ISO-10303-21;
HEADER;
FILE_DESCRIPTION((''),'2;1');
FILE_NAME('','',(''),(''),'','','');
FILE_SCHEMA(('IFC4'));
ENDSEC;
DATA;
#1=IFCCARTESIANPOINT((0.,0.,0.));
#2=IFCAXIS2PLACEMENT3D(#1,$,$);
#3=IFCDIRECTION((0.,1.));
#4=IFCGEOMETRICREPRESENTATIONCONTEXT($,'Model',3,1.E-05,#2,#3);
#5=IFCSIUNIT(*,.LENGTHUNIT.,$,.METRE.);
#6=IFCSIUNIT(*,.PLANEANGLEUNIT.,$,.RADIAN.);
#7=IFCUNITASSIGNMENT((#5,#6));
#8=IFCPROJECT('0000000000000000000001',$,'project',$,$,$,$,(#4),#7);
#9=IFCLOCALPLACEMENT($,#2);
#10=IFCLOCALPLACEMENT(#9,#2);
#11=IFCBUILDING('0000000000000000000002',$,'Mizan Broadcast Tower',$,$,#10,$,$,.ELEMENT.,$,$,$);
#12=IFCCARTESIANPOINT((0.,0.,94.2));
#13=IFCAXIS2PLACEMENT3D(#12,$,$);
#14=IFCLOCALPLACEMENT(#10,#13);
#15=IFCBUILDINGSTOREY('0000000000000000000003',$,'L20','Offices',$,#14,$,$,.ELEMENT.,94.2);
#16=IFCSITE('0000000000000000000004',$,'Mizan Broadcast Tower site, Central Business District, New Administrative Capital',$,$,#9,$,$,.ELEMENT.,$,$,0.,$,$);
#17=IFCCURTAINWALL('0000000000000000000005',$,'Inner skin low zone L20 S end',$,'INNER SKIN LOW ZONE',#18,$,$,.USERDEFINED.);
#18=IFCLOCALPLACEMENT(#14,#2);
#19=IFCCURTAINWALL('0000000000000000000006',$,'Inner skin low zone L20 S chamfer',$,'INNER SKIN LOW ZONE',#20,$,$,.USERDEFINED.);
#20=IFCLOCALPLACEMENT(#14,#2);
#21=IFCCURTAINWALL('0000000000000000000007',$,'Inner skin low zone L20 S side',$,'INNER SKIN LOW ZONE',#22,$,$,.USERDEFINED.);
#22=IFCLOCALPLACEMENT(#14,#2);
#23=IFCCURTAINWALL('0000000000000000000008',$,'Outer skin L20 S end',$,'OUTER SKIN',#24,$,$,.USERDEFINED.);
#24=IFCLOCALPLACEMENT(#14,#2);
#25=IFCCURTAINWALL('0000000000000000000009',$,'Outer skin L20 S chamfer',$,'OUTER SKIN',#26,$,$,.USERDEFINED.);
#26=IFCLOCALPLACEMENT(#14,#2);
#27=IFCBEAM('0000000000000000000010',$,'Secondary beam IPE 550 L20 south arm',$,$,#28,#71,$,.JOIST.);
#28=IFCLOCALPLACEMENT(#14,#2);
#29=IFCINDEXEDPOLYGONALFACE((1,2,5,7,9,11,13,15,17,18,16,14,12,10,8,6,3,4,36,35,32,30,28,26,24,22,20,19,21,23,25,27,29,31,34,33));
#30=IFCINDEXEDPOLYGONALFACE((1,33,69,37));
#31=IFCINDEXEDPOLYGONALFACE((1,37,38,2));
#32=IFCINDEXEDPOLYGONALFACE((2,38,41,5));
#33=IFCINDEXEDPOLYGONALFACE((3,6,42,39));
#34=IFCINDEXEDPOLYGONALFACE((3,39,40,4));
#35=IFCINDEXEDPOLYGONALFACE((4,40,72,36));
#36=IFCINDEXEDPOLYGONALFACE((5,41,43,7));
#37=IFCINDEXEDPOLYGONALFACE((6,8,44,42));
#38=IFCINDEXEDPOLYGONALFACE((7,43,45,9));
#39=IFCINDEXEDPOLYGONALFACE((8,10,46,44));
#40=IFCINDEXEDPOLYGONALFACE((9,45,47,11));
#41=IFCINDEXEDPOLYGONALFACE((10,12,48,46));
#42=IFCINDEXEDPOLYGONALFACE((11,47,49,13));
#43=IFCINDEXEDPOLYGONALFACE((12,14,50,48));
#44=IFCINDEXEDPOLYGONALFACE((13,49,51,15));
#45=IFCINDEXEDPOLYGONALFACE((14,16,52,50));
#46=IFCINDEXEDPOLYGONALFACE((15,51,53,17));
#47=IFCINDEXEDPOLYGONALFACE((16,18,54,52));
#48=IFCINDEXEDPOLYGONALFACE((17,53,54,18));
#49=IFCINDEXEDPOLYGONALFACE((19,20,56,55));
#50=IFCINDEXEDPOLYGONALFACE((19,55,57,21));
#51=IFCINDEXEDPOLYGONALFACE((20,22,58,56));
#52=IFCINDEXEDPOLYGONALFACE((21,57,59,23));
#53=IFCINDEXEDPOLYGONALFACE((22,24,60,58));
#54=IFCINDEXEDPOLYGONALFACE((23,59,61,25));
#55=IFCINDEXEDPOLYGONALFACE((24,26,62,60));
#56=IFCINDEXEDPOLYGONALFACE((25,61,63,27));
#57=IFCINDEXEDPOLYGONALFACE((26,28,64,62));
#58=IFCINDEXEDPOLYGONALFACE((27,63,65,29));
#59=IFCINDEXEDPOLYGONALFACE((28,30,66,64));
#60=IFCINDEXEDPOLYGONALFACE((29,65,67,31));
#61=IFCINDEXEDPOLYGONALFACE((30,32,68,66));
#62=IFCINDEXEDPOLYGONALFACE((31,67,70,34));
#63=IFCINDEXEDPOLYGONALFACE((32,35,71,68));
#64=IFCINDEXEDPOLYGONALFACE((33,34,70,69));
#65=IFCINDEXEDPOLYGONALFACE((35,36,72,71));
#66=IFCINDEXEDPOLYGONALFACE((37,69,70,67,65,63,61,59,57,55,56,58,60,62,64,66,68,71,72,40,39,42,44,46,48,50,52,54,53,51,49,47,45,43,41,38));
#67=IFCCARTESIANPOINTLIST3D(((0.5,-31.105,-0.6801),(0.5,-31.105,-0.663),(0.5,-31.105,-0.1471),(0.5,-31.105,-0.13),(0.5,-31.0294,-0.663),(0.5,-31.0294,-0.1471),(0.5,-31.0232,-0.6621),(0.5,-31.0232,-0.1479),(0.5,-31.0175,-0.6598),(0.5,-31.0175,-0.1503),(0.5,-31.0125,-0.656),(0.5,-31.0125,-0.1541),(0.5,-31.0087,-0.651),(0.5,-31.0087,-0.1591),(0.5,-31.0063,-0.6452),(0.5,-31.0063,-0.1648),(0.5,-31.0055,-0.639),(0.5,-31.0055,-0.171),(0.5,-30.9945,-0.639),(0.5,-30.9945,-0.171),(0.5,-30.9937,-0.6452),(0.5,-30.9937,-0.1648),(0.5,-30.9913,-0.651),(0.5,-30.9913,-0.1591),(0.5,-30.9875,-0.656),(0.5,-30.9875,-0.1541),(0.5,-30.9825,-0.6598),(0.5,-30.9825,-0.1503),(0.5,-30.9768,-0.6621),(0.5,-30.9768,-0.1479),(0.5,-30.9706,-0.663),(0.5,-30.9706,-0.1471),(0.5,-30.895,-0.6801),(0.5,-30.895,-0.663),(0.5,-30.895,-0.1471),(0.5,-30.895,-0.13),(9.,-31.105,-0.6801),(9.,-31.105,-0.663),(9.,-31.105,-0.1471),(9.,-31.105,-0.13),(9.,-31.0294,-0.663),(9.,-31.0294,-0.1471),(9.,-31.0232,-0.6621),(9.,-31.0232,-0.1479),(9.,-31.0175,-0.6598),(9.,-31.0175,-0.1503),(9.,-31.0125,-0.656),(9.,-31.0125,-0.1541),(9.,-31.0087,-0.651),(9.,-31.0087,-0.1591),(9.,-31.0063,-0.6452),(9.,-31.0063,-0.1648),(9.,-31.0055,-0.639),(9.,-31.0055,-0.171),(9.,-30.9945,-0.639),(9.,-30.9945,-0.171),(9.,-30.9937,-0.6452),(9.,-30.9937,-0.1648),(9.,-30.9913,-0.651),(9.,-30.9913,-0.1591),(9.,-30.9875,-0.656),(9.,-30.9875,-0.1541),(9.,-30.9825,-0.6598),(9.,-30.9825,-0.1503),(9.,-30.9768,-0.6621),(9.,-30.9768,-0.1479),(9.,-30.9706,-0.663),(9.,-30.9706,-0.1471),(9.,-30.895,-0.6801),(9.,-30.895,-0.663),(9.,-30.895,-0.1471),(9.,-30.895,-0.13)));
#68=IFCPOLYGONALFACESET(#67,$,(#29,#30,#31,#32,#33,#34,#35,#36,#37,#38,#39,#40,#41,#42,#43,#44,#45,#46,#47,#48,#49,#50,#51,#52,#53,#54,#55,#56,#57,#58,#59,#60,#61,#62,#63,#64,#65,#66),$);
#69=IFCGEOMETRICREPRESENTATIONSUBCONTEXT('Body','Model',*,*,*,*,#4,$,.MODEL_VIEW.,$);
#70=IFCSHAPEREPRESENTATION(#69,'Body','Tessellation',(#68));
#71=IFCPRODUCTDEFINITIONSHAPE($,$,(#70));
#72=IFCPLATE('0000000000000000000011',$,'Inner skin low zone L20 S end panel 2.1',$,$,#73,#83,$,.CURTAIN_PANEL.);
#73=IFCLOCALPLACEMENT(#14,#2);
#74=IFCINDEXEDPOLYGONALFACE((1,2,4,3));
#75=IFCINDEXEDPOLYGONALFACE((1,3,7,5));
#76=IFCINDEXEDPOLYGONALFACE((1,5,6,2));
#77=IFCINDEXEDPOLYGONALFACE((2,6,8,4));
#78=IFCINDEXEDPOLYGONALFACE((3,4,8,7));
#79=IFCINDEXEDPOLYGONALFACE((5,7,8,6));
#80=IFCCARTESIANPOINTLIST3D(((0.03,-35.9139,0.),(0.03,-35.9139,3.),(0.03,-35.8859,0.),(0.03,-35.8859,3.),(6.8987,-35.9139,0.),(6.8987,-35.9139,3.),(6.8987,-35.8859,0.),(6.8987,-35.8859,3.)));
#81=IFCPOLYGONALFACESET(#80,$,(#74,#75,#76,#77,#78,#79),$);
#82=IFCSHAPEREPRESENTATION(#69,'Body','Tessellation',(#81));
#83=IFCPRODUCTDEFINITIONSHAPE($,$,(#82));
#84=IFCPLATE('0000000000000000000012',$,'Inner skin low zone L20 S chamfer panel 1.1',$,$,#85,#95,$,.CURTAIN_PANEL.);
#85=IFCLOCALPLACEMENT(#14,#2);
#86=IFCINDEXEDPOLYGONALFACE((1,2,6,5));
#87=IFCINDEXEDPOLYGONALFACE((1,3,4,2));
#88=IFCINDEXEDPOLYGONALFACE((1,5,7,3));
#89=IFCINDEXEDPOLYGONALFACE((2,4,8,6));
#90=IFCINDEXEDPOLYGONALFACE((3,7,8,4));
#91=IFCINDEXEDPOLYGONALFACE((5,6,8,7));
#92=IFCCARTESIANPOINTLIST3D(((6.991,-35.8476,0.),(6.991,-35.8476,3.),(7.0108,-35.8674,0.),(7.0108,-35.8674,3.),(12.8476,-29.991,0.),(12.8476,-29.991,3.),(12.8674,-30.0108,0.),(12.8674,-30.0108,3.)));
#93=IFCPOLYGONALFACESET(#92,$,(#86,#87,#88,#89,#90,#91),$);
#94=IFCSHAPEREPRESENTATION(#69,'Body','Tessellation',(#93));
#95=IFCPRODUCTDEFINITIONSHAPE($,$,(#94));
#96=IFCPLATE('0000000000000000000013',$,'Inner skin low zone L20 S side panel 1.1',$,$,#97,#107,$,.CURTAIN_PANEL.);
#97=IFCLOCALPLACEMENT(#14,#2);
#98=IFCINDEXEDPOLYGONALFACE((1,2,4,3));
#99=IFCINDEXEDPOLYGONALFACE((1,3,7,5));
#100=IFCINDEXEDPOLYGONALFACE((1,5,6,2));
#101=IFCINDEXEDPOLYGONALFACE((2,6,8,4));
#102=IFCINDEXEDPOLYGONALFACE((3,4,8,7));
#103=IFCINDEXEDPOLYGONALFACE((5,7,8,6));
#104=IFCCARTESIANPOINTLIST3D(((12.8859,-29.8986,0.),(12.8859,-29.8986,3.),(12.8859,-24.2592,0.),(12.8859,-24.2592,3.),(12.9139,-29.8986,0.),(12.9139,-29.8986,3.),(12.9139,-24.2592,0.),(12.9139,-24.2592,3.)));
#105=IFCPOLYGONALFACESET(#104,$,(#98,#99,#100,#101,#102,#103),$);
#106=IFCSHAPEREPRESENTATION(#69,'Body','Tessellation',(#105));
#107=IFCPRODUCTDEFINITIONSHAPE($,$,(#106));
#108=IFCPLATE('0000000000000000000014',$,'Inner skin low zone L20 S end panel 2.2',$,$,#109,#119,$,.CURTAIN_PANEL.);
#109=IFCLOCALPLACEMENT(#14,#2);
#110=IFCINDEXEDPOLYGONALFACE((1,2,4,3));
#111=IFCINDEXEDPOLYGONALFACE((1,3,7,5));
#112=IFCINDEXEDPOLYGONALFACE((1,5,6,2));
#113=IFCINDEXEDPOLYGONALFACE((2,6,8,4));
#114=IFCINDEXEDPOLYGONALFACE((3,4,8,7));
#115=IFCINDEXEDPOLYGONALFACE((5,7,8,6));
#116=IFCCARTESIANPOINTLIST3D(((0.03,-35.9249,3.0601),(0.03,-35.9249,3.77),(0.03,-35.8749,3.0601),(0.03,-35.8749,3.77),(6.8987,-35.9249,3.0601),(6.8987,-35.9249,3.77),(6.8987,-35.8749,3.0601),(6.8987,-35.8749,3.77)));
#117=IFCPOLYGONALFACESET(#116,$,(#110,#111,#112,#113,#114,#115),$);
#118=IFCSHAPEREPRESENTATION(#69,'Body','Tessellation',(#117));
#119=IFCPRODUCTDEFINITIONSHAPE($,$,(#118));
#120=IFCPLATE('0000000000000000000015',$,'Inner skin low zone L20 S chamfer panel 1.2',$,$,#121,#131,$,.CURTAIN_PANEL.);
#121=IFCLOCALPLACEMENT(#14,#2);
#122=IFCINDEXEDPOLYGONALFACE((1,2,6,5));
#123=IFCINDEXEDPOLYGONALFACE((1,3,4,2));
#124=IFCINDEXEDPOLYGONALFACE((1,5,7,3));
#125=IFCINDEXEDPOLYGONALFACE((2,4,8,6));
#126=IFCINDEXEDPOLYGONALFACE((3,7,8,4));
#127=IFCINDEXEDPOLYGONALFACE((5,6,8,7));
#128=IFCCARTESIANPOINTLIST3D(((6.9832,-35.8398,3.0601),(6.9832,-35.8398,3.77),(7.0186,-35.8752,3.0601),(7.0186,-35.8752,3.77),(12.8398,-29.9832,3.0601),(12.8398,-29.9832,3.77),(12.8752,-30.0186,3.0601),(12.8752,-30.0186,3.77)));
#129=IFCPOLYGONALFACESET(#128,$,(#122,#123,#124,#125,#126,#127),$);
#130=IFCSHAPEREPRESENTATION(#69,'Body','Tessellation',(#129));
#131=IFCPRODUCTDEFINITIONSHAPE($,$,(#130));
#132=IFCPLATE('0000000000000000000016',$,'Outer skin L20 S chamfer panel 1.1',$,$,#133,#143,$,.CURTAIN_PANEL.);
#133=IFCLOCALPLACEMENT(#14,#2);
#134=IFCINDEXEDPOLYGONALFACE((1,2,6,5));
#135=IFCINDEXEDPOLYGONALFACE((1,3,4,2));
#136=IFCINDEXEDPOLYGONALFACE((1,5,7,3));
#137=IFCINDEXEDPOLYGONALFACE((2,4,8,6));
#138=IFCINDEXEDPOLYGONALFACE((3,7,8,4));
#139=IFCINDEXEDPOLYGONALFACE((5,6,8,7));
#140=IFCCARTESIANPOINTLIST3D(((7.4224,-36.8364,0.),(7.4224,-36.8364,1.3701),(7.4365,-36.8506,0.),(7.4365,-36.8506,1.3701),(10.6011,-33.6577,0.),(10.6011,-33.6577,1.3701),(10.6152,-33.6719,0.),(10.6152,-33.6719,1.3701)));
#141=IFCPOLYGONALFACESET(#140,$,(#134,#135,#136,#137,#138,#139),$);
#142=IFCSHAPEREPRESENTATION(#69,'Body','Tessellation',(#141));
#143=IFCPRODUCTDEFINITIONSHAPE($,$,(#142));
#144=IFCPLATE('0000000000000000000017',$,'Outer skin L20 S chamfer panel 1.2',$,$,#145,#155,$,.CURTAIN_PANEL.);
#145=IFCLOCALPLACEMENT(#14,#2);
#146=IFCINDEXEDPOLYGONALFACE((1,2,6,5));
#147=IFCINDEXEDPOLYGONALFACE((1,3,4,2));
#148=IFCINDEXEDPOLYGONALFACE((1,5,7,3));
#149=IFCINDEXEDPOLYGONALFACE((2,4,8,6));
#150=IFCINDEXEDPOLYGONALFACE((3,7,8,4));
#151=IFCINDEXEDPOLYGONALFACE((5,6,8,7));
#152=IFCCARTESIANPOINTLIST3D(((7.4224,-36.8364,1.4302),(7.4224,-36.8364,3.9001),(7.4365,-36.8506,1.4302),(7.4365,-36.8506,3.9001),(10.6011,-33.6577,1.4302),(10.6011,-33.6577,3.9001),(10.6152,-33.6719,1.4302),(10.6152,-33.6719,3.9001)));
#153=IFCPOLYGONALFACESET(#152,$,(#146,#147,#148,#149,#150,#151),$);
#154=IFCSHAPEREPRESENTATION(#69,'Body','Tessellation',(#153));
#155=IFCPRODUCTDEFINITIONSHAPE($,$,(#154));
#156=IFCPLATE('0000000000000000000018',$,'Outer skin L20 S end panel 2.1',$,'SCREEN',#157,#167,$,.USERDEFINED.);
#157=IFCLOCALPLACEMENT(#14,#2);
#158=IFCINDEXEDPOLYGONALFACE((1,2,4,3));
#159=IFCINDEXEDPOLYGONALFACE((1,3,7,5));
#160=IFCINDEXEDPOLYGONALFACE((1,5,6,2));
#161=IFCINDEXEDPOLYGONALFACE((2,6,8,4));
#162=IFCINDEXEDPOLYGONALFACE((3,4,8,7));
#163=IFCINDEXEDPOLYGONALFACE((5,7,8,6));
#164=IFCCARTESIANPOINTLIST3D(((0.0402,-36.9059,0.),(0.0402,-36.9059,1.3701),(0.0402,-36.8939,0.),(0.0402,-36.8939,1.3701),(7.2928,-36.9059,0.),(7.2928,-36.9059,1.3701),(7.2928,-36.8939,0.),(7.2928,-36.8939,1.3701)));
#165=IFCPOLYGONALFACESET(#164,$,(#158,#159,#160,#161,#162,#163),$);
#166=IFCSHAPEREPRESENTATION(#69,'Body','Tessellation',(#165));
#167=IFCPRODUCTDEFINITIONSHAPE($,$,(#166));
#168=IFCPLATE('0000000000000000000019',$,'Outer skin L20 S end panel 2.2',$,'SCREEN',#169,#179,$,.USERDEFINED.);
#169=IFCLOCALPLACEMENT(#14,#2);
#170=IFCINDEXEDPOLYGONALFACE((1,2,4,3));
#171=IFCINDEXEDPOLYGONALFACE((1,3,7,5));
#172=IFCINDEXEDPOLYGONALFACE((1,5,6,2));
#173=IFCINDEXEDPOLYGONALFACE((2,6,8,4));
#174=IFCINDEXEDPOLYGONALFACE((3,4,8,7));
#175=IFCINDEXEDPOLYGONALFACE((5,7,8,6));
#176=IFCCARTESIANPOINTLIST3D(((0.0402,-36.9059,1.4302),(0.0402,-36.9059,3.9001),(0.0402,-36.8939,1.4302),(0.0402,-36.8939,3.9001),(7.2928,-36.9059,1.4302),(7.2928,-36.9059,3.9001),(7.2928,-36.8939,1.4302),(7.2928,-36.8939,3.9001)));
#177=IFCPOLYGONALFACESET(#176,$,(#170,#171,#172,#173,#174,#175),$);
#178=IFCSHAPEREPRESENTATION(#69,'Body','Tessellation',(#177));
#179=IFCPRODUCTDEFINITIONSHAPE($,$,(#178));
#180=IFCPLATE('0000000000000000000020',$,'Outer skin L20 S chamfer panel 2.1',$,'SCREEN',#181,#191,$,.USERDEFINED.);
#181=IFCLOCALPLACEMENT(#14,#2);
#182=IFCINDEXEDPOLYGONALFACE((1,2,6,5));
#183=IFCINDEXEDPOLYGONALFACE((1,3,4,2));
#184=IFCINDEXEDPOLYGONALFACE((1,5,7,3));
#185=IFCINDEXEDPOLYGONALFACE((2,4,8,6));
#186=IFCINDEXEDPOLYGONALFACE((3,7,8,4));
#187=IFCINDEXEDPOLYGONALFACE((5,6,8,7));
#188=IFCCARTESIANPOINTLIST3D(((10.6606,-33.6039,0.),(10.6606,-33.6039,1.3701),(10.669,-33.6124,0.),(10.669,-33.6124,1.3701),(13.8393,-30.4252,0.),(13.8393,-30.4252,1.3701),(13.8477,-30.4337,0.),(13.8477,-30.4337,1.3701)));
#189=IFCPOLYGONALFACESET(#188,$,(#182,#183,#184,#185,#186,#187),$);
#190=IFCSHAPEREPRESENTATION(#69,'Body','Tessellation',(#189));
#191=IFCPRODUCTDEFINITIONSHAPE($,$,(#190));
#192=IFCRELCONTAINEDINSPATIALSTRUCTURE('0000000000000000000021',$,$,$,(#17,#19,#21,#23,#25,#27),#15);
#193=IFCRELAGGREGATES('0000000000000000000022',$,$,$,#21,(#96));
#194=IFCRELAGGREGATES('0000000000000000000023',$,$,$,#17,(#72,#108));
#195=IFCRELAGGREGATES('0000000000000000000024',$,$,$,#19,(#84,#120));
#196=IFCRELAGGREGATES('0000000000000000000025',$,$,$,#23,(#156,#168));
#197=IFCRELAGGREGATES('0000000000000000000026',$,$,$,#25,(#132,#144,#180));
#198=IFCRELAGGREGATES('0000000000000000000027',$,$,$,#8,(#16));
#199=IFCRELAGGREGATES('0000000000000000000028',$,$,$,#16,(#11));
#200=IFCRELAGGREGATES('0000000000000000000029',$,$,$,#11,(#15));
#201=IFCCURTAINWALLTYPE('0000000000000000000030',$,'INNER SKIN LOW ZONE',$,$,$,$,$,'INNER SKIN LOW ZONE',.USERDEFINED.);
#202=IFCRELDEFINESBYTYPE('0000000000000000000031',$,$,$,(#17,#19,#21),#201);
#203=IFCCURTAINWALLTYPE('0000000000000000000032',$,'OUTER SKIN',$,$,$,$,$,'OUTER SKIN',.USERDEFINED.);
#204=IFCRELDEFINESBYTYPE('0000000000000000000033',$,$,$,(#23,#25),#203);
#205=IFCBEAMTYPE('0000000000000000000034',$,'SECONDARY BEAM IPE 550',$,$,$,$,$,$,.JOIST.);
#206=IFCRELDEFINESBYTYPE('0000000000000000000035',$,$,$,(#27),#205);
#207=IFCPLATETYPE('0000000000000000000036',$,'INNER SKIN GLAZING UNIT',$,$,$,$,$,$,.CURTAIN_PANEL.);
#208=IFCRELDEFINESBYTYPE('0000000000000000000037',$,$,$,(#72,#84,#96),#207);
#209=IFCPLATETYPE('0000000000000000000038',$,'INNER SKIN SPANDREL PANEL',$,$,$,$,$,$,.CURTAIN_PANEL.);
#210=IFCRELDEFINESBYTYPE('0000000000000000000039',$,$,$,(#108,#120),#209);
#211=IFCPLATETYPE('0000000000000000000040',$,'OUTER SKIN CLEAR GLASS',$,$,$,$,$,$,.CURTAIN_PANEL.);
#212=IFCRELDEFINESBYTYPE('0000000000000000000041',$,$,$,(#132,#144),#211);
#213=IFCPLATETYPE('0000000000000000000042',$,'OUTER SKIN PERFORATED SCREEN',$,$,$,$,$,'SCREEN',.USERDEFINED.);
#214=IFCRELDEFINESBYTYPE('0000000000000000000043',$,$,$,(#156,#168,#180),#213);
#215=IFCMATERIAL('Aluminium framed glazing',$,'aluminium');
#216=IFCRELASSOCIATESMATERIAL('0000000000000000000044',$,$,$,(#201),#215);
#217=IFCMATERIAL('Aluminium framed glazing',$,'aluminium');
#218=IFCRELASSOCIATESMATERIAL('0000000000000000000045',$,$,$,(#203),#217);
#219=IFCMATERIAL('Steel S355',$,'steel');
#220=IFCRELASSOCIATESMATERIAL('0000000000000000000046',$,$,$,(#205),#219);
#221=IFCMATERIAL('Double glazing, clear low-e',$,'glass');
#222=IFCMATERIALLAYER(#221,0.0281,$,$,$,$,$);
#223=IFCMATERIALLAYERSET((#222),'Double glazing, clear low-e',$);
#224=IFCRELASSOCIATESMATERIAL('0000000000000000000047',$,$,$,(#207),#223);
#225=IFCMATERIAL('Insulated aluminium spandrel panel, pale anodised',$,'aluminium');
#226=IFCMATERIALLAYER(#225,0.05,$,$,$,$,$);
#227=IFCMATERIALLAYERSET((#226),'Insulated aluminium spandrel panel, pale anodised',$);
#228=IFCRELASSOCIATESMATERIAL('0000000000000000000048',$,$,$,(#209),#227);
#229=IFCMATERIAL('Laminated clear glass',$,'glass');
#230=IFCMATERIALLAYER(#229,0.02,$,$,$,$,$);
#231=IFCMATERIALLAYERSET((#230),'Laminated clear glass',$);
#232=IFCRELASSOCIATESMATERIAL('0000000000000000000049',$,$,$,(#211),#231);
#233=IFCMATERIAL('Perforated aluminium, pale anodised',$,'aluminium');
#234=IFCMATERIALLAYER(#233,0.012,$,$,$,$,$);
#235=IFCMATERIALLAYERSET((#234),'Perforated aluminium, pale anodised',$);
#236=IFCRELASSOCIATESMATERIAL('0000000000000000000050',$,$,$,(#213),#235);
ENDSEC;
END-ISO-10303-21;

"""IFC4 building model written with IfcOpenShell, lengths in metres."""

from ifc_helpers import new_model, si_unit, direction, frame, origin, origin_2d, place, context, subcontext, project, spatial, rectangle, i_section, extrude, material, layer, layer_set, material_profile, profile_set, type_object, element, aggregate, save


model = new_model("IFC4")

# Units and contexts
model_context = context("Model", 3, precision=1e-05, world=origin(), true_north=direction((0.0, 1.0)))
body_context = subcontext(model_context, "Body", "Model", "MODEL_VIEW")
ifc_project = project(units=[si_unit("LENGTHUNIT", "METRE"), si_unit("PLANEANGLEUNIT", "RADIAN")], contexts=[model_context])

# Site, building, storey
site_placement = place(None, origin())
site = spatial("IfcSite", under=ifc_project, at=site_placement, Name="Mizan Broadcast Tower site, Central Business District, New Administrative Capital", CompositionType="ELEMENT", RefElevation=0.0)
building_placement = place(site_placement, origin())
building = spatial("IfcBuilding", under=site, at=building_placement, Name="Mizan Broadcast Tower", CompositionType="ELEMENT")
storey_placement = place(building_placement, frame((0.0, 0.0, 94.2)))
storey = spatial("IfcBuildingStorey", under=building, at=storey_placement, Name="L20", Description="Offices", CompositionType="ELEMENT", Elevation=94.2)

# Curtain wall
ifc_material_1 = material(Name="Aluminium framed glazing", Category="aluminium")
curtain_wall_type_1 = type_object("IfcCurtainWallType", Name="INNER SKIN LOW ZONE", ElementType="INNER SKIN LOW ZONE", PredefinedType="USERDEFINED", material=ifc_material_1)
curtain_wall_1_placement = place(storey_placement, origin())
curtain_wall_1 = element("IfcCurtainWall", 1, at=curtain_wall_1_placement, inside=storey, type_object=curtain_wall_type_1, Name="Inner skin low zone L20 S end", ObjectType="INNER SKIN LOW ZONE", PredefinedType="USERDEFINED")

# Curtain wall
curtain_wall_2_placement = place(storey_placement, origin())
curtain_wall_2 = element("IfcCurtainWall", 2, at=curtain_wall_2_placement, inside=storey, type_object=curtain_wall_type_1, Name="Inner skin low zone L20 S chamfer", ObjectType="INNER SKIN LOW ZONE", PredefinedType="USERDEFINED")

# Curtain wall
curtain_wall_3_placement = place(storey_placement, origin())
curtain_wall_3 = element("IfcCurtainWall", 3, at=curtain_wall_3_placement, inside=storey, type_object=curtain_wall_type_1, Name="Inner skin low zone L20 S side", ObjectType="INNER SKIN LOW ZONE", PredefinedType="USERDEFINED")

# Curtain wall
ifc_material_2 = material(Name="Aluminium framed glazing", Category="aluminium")
curtain_wall_type_2 = type_object("IfcCurtainWallType", Name="OUTER SKIN", ElementType="OUTER SKIN", PredefinedType="USERDEFINED", material=ifc_material_2)
curtain_wall_4_placement = place(storey_placement, origin())
curtain_wall_4 = element("IfcCurtainWall", 4, at=curtain_wall_4_placement, inside=storey, type_object=curtain_wall_type_2, Name="Outer skin L20 S end", ObjectType="OUTER SKIN", PredefinedType="USERDEFINED")

# Curtain wall
curtain_wall_5_placement = place(storey_placement, origin())
curtain_wall_5 = element("IfcCurtainWall", 5, at=curtain_wall_5_placement, inside=storey, type_object=curtain_wall_type_2, Name="Outer skin L20 S chamfer", ObjectType="OUTER SKIN", PredefinedType="USERDEFINED")

# Beam
ifc_material_3 = material(Name="Steel S355", Category="steel")
ifc_material_profile_1 = material_profile(ifc_material_3, i_section(OverallWidth=0.21, OverallDepth=0.55, WebThickness=0.011, FlangeThickness=0.0171, FilletRadius=0.0239, at=origin_2d()), Name="IPE 550")
ifc_profile_set_1 = profile_set([ifc_material_profile_1], Name="Steel S355")
beam_type_1 = type_object("IfcBeamType", Name="SECONDARY BEAM IPE 550", PredefinedType="JOIST", material=ifc_profile_set_1)
beam_1_placement = place(storey_placement, frame((9.0, -31.0, -0.405), z_axis=(-1.0, 0.0, 0.0), x_axis=(0.0, -1.0, 0.0)))
element("IfcBeam", 6, at=beam_1_placement, inside=storey, type_object=beam_type_1, Name="Secondary beam IPE 550 L20 south arm", PredefinedType="JOIST", context=body_context, shape_type="SweptSolid", body=[
    extrude(i_section(OverallWidth=0.21, OverallDepth=0.55, WebThickness=0.011, FlangeThickness=0.0171, FilletRadius=0.0239, at=origin_2d()), origin(), (0.0, 0.0, 1.0), 8.5),
])

# Plates
ifc_material_4 = material(Name="Double glazing, clear low-e", Category="glass")
ifc_layer_1 = layer(ifc_material_4, 0.0281)
ifc_layer_set_1 = layer_set([ifc_layer_1], Name="Double glazing, clear low-e")
plate_type_1 = type_object("IfcPlateType", Name="INNER SKIN GLAZING UNIT", PredefinedType="CURTAIN_PANEL", material=ifc_layer_set_1)
plate_1_placement = place(storey_placement, frame((3.4644, -35.8999, 0.0), z_axis=(0.0, 0.0, 1.0), x_axis=(1.0, 0.0, 0.0)))
plate_1 = element("IfcPlate", 7, at=plate_1_placement, type_object=plate_type_1, Name="Inner skin low zone L20 S end panel 2.1", PredefinedType="CURTAIN_PANEL", context=body_context, shape_type="SweptSolid", body=[
    extrude(rectangle(XDim=6.8687, YDim=0.0281, at=origin_2d()), origin(), (0.0, 0.0, 1.0), 3.0),
])
plate_2_placement = place(storey_placement, frame((9.9292, -32.9292, 0.0), z_axis=(0.0, 0.0, 1.0), x_axis=(0.707107, 0.707107, 0.0)))
plate_2 = element("IfcPlate", 8, at=plate_2_placement, type_object=plate_type_1, Name="Inner skin low zone L20 S chamfer panel 1.1", PredefinedType="CURTAIN_PANEL", context=body_context, shape_type="SweptSolid", body=[
    extrude(rectangle(XDim=8.2825, YDim=0.0281, at=origin_2d()), origin(), (0.0, 0.0, 1.0), 3.0),
])
plate_3_placement = place(storey_placement, frame((12.8999, -27.0789, 0.0), z_axis=(0.0, 0.0, 1.0), x_axis=(0.0, 1.0, 0.0)))
plate_3 = element("IfcPlate", 9, at=plate_3_placement, type_object=plate_type_1, Name="Inner skin low zone L20 S side panel 1.1", PredefinedType="CURTAIN_PANEL", context=body_context, shape_type="SweptSolid", body=[
    extrude(rectangle(XDim=5.6394, YDim=0.0281, at=origin_2d()), origin(), (0.0, 0.0, 1.0), 3.0),
])
aggregate(curtain_wall_3, [plate_3])
ifc_material_5 = material(Name="Insulated aluminium spandrel panel, pale anodised", Category="aluminium")
ifc_layer_2 = layer(ifc_material_5, 0.05)
ifc_layer_set_2 = layer_set([ifc_layer_2], Name="Insulated aluminium spandrel panel, pale anodised")
plate_type_2 = type_object("IfcPlateType", Name="INNER SKIN SPANDREL PANEL", PredefinedType="CURTAIN_PANEL", material=ifc_layer_set_2)
plate_4_placement = place(storey_placement, frame((3.4644, -35.8999, 3.0601), z_axis=(0.0, 0.0, 1.0), x_axis=(1.0, 0.0, 0.0)))
plate_4 = element("IfcPlate", 10, at=plate_4_placement, type_object=plate_type_2, Name="Inner skin low zone L20 S end panel 2.2", PredefinedType="CURTAIN_PANEL", context=body_context, shape_type="SweptSolid", body=[
    extrude(rectangle(XDim=6.8687, YDim=0.05, at=origin_2d()), origin(), (0.0, 0.0, 1.0), 0.71),
])
aggregate(curtain_wall_1, [plate_1, plate_4])
plate_5_placement = place(storey_placement, frame((9.9292, -32.9292, 3.0601), z_axis=(0.0, 0.0, 1.0), x_axis=(0.707107, 0.707107, 0.0)))
plate_5 = element("IfcPlate", 11, at=plate_5_placement, type_object=plate_type_2, Name="Inner skin low zone L20 S chamfer panel 1.2", PredefinedType="CURTAIN_PANEL", context=body_context, shape_type="SweptSolid", body=[
    extrude(rectangle(XDim=8.2825, YDim=0.05, at=origin_2d()), origin(), (0.0, 0.0, 1.0), 0.71),
])
aggregate(curtain_wall_2, [plate_2, plate_5])
ifc_material_6 = material(Name="Laminated clear glass", Category="glass")
ifc_layer_3 = layer(ifc_material_6, 0.02)
ifc_layer_set_3 = layer_set([ifc_layer_3], Name="Laminated clear glass")
plate_type_3 = type_object("IfcPlateType", Name="OUTER SKIN CLEAR GLASS", PredefinedType="CURTAIN_PANEL", material=ifc_layer_set_3)
plate_6_placement = place(storey_placement, frame((9.0188, -35.2542, 0.0), z_axis=(0.0, 0.0, 1.0), x_axis=(0.707107, 0.707107, 0.0)))
plate_6 = element("IfcPlate", 12, at=plate_6_placement, type_object=plate_type_3, Name="Outer skin L20 S chamfer panel 1.1", PredefinedType="CURTAIN_PANEL", context=body_context, shape_type="SweptSolid", body=[
    extrude(rectangle(XDim=4.4954, YDim=0.02, at=origin_2d()), origin(), (0.0, 0.0, 1.0), 1.3701),
])
plate_7_placement = place(storey_placement, frame((9.0188, -35.2542, 1.4302), z_axis=(0.0, 0.0, 1.0), x_axis=(0.707107, 0.707107, 0.0)))
plate_7 = element("IfcPlate", 13, at=plate_7_placement, type_object=plate_type_3, Name="Outer skin L20 S chamfer panel 1.2", PredefinedType="CURTAIN_PANEL", context=body_context, shape_type="SweptSolid", body=[
    extrude(rectangle(XDim=4.4954, YDim=0.02, at=origin_2d()), origin(), (0.0, 0.0, 1.0), 2.47),
])
ifc_material_7 = material(Name="Perforated aluminium, pale anodised", Category="aluminium")
ifc_layer_4 = layer(ifc_material_7, 0.012)
ifc_layer_set_4 = layer_set([ifc_layer_4], Name="Perforated aluminium, pale anodised")
plate_type_4 = type_object("IfcPlateType", Name="OUTER SKIN PERFORATED SCREEN", ElementType="SCREEN", PredefinedType="USERDEFINED", material=ifc_layer_set_4)
plate_8_placement = place(storey_placement, frame((3.6665, -36.8999, 0.0), z_axis=(0.0, 0.0, 1.0), x_axis=(1.0, 0.0, 0.0)))
plate_8 = element("IfcPlate", 14, at=plate_8_placement, type_object=plate_type_4, Name="Outer skin L20 S end panel 2.1", ObjectType="SCREEN", PredefinedType="USERDEFINED", context=body_context, shape_type="SweptSolid", body=[
    extrude(rectangle(XDim=7.2527, YDim=0.012, at=origin_2d()), origin(), (0.0, 0.0, 1.0), 1.3701),
])
plate_9_placement = place(storey_placement, frame((3.6665, -36.8999, 1.4302), z_axis=(0.0, 0.0, 1.0), x_axis=(1.0, 0.0, 0.0)))
plate_9 = element("IfcPlate", 15, at=plate_9_placement, type_object=plate_type_4, Name="Outer skin L20 S end panel 2.2", ObjectType="SCREEN", PredefinedType="USERDEFINED", context=body_context, shape_type="SweptSolid", body=[
    extrude(rectangle(XDim=7.2527, YDim=0.012, at=origin_2d()), origin(), (0.0, 0.0, 1.0), 2.47),
])
aggregate(curtain_wall_4, [plate_8, plate_9])
plate_10_placement = place(storey_placement, frame((12.2542, -32.0188, 0.0), z_axis=(0.0, 0.0, 1.0), x_axis=(0.707107, 0.707107, 0.0)))
plate_10 = element("IfcPlate", 16, at=plate_10_placement, type_object=plate_type_4, Name="Outer skin L20 S chamfer panel 2.1", ObjectType="SCREEN", PredefinedType="USERDEFINED", context=body_context, shape_type="SweptSolid", body=[
    extrude(rectangle(XDim=4.4954, YDim=0.012, at=origin_2d()), origin(), (0.0, 0.0, 1.0), 1.3701),
])
aggregate(curtain_wall_5, [plate_6, plate_7, plate_10])

save(model, "model.ifc")
